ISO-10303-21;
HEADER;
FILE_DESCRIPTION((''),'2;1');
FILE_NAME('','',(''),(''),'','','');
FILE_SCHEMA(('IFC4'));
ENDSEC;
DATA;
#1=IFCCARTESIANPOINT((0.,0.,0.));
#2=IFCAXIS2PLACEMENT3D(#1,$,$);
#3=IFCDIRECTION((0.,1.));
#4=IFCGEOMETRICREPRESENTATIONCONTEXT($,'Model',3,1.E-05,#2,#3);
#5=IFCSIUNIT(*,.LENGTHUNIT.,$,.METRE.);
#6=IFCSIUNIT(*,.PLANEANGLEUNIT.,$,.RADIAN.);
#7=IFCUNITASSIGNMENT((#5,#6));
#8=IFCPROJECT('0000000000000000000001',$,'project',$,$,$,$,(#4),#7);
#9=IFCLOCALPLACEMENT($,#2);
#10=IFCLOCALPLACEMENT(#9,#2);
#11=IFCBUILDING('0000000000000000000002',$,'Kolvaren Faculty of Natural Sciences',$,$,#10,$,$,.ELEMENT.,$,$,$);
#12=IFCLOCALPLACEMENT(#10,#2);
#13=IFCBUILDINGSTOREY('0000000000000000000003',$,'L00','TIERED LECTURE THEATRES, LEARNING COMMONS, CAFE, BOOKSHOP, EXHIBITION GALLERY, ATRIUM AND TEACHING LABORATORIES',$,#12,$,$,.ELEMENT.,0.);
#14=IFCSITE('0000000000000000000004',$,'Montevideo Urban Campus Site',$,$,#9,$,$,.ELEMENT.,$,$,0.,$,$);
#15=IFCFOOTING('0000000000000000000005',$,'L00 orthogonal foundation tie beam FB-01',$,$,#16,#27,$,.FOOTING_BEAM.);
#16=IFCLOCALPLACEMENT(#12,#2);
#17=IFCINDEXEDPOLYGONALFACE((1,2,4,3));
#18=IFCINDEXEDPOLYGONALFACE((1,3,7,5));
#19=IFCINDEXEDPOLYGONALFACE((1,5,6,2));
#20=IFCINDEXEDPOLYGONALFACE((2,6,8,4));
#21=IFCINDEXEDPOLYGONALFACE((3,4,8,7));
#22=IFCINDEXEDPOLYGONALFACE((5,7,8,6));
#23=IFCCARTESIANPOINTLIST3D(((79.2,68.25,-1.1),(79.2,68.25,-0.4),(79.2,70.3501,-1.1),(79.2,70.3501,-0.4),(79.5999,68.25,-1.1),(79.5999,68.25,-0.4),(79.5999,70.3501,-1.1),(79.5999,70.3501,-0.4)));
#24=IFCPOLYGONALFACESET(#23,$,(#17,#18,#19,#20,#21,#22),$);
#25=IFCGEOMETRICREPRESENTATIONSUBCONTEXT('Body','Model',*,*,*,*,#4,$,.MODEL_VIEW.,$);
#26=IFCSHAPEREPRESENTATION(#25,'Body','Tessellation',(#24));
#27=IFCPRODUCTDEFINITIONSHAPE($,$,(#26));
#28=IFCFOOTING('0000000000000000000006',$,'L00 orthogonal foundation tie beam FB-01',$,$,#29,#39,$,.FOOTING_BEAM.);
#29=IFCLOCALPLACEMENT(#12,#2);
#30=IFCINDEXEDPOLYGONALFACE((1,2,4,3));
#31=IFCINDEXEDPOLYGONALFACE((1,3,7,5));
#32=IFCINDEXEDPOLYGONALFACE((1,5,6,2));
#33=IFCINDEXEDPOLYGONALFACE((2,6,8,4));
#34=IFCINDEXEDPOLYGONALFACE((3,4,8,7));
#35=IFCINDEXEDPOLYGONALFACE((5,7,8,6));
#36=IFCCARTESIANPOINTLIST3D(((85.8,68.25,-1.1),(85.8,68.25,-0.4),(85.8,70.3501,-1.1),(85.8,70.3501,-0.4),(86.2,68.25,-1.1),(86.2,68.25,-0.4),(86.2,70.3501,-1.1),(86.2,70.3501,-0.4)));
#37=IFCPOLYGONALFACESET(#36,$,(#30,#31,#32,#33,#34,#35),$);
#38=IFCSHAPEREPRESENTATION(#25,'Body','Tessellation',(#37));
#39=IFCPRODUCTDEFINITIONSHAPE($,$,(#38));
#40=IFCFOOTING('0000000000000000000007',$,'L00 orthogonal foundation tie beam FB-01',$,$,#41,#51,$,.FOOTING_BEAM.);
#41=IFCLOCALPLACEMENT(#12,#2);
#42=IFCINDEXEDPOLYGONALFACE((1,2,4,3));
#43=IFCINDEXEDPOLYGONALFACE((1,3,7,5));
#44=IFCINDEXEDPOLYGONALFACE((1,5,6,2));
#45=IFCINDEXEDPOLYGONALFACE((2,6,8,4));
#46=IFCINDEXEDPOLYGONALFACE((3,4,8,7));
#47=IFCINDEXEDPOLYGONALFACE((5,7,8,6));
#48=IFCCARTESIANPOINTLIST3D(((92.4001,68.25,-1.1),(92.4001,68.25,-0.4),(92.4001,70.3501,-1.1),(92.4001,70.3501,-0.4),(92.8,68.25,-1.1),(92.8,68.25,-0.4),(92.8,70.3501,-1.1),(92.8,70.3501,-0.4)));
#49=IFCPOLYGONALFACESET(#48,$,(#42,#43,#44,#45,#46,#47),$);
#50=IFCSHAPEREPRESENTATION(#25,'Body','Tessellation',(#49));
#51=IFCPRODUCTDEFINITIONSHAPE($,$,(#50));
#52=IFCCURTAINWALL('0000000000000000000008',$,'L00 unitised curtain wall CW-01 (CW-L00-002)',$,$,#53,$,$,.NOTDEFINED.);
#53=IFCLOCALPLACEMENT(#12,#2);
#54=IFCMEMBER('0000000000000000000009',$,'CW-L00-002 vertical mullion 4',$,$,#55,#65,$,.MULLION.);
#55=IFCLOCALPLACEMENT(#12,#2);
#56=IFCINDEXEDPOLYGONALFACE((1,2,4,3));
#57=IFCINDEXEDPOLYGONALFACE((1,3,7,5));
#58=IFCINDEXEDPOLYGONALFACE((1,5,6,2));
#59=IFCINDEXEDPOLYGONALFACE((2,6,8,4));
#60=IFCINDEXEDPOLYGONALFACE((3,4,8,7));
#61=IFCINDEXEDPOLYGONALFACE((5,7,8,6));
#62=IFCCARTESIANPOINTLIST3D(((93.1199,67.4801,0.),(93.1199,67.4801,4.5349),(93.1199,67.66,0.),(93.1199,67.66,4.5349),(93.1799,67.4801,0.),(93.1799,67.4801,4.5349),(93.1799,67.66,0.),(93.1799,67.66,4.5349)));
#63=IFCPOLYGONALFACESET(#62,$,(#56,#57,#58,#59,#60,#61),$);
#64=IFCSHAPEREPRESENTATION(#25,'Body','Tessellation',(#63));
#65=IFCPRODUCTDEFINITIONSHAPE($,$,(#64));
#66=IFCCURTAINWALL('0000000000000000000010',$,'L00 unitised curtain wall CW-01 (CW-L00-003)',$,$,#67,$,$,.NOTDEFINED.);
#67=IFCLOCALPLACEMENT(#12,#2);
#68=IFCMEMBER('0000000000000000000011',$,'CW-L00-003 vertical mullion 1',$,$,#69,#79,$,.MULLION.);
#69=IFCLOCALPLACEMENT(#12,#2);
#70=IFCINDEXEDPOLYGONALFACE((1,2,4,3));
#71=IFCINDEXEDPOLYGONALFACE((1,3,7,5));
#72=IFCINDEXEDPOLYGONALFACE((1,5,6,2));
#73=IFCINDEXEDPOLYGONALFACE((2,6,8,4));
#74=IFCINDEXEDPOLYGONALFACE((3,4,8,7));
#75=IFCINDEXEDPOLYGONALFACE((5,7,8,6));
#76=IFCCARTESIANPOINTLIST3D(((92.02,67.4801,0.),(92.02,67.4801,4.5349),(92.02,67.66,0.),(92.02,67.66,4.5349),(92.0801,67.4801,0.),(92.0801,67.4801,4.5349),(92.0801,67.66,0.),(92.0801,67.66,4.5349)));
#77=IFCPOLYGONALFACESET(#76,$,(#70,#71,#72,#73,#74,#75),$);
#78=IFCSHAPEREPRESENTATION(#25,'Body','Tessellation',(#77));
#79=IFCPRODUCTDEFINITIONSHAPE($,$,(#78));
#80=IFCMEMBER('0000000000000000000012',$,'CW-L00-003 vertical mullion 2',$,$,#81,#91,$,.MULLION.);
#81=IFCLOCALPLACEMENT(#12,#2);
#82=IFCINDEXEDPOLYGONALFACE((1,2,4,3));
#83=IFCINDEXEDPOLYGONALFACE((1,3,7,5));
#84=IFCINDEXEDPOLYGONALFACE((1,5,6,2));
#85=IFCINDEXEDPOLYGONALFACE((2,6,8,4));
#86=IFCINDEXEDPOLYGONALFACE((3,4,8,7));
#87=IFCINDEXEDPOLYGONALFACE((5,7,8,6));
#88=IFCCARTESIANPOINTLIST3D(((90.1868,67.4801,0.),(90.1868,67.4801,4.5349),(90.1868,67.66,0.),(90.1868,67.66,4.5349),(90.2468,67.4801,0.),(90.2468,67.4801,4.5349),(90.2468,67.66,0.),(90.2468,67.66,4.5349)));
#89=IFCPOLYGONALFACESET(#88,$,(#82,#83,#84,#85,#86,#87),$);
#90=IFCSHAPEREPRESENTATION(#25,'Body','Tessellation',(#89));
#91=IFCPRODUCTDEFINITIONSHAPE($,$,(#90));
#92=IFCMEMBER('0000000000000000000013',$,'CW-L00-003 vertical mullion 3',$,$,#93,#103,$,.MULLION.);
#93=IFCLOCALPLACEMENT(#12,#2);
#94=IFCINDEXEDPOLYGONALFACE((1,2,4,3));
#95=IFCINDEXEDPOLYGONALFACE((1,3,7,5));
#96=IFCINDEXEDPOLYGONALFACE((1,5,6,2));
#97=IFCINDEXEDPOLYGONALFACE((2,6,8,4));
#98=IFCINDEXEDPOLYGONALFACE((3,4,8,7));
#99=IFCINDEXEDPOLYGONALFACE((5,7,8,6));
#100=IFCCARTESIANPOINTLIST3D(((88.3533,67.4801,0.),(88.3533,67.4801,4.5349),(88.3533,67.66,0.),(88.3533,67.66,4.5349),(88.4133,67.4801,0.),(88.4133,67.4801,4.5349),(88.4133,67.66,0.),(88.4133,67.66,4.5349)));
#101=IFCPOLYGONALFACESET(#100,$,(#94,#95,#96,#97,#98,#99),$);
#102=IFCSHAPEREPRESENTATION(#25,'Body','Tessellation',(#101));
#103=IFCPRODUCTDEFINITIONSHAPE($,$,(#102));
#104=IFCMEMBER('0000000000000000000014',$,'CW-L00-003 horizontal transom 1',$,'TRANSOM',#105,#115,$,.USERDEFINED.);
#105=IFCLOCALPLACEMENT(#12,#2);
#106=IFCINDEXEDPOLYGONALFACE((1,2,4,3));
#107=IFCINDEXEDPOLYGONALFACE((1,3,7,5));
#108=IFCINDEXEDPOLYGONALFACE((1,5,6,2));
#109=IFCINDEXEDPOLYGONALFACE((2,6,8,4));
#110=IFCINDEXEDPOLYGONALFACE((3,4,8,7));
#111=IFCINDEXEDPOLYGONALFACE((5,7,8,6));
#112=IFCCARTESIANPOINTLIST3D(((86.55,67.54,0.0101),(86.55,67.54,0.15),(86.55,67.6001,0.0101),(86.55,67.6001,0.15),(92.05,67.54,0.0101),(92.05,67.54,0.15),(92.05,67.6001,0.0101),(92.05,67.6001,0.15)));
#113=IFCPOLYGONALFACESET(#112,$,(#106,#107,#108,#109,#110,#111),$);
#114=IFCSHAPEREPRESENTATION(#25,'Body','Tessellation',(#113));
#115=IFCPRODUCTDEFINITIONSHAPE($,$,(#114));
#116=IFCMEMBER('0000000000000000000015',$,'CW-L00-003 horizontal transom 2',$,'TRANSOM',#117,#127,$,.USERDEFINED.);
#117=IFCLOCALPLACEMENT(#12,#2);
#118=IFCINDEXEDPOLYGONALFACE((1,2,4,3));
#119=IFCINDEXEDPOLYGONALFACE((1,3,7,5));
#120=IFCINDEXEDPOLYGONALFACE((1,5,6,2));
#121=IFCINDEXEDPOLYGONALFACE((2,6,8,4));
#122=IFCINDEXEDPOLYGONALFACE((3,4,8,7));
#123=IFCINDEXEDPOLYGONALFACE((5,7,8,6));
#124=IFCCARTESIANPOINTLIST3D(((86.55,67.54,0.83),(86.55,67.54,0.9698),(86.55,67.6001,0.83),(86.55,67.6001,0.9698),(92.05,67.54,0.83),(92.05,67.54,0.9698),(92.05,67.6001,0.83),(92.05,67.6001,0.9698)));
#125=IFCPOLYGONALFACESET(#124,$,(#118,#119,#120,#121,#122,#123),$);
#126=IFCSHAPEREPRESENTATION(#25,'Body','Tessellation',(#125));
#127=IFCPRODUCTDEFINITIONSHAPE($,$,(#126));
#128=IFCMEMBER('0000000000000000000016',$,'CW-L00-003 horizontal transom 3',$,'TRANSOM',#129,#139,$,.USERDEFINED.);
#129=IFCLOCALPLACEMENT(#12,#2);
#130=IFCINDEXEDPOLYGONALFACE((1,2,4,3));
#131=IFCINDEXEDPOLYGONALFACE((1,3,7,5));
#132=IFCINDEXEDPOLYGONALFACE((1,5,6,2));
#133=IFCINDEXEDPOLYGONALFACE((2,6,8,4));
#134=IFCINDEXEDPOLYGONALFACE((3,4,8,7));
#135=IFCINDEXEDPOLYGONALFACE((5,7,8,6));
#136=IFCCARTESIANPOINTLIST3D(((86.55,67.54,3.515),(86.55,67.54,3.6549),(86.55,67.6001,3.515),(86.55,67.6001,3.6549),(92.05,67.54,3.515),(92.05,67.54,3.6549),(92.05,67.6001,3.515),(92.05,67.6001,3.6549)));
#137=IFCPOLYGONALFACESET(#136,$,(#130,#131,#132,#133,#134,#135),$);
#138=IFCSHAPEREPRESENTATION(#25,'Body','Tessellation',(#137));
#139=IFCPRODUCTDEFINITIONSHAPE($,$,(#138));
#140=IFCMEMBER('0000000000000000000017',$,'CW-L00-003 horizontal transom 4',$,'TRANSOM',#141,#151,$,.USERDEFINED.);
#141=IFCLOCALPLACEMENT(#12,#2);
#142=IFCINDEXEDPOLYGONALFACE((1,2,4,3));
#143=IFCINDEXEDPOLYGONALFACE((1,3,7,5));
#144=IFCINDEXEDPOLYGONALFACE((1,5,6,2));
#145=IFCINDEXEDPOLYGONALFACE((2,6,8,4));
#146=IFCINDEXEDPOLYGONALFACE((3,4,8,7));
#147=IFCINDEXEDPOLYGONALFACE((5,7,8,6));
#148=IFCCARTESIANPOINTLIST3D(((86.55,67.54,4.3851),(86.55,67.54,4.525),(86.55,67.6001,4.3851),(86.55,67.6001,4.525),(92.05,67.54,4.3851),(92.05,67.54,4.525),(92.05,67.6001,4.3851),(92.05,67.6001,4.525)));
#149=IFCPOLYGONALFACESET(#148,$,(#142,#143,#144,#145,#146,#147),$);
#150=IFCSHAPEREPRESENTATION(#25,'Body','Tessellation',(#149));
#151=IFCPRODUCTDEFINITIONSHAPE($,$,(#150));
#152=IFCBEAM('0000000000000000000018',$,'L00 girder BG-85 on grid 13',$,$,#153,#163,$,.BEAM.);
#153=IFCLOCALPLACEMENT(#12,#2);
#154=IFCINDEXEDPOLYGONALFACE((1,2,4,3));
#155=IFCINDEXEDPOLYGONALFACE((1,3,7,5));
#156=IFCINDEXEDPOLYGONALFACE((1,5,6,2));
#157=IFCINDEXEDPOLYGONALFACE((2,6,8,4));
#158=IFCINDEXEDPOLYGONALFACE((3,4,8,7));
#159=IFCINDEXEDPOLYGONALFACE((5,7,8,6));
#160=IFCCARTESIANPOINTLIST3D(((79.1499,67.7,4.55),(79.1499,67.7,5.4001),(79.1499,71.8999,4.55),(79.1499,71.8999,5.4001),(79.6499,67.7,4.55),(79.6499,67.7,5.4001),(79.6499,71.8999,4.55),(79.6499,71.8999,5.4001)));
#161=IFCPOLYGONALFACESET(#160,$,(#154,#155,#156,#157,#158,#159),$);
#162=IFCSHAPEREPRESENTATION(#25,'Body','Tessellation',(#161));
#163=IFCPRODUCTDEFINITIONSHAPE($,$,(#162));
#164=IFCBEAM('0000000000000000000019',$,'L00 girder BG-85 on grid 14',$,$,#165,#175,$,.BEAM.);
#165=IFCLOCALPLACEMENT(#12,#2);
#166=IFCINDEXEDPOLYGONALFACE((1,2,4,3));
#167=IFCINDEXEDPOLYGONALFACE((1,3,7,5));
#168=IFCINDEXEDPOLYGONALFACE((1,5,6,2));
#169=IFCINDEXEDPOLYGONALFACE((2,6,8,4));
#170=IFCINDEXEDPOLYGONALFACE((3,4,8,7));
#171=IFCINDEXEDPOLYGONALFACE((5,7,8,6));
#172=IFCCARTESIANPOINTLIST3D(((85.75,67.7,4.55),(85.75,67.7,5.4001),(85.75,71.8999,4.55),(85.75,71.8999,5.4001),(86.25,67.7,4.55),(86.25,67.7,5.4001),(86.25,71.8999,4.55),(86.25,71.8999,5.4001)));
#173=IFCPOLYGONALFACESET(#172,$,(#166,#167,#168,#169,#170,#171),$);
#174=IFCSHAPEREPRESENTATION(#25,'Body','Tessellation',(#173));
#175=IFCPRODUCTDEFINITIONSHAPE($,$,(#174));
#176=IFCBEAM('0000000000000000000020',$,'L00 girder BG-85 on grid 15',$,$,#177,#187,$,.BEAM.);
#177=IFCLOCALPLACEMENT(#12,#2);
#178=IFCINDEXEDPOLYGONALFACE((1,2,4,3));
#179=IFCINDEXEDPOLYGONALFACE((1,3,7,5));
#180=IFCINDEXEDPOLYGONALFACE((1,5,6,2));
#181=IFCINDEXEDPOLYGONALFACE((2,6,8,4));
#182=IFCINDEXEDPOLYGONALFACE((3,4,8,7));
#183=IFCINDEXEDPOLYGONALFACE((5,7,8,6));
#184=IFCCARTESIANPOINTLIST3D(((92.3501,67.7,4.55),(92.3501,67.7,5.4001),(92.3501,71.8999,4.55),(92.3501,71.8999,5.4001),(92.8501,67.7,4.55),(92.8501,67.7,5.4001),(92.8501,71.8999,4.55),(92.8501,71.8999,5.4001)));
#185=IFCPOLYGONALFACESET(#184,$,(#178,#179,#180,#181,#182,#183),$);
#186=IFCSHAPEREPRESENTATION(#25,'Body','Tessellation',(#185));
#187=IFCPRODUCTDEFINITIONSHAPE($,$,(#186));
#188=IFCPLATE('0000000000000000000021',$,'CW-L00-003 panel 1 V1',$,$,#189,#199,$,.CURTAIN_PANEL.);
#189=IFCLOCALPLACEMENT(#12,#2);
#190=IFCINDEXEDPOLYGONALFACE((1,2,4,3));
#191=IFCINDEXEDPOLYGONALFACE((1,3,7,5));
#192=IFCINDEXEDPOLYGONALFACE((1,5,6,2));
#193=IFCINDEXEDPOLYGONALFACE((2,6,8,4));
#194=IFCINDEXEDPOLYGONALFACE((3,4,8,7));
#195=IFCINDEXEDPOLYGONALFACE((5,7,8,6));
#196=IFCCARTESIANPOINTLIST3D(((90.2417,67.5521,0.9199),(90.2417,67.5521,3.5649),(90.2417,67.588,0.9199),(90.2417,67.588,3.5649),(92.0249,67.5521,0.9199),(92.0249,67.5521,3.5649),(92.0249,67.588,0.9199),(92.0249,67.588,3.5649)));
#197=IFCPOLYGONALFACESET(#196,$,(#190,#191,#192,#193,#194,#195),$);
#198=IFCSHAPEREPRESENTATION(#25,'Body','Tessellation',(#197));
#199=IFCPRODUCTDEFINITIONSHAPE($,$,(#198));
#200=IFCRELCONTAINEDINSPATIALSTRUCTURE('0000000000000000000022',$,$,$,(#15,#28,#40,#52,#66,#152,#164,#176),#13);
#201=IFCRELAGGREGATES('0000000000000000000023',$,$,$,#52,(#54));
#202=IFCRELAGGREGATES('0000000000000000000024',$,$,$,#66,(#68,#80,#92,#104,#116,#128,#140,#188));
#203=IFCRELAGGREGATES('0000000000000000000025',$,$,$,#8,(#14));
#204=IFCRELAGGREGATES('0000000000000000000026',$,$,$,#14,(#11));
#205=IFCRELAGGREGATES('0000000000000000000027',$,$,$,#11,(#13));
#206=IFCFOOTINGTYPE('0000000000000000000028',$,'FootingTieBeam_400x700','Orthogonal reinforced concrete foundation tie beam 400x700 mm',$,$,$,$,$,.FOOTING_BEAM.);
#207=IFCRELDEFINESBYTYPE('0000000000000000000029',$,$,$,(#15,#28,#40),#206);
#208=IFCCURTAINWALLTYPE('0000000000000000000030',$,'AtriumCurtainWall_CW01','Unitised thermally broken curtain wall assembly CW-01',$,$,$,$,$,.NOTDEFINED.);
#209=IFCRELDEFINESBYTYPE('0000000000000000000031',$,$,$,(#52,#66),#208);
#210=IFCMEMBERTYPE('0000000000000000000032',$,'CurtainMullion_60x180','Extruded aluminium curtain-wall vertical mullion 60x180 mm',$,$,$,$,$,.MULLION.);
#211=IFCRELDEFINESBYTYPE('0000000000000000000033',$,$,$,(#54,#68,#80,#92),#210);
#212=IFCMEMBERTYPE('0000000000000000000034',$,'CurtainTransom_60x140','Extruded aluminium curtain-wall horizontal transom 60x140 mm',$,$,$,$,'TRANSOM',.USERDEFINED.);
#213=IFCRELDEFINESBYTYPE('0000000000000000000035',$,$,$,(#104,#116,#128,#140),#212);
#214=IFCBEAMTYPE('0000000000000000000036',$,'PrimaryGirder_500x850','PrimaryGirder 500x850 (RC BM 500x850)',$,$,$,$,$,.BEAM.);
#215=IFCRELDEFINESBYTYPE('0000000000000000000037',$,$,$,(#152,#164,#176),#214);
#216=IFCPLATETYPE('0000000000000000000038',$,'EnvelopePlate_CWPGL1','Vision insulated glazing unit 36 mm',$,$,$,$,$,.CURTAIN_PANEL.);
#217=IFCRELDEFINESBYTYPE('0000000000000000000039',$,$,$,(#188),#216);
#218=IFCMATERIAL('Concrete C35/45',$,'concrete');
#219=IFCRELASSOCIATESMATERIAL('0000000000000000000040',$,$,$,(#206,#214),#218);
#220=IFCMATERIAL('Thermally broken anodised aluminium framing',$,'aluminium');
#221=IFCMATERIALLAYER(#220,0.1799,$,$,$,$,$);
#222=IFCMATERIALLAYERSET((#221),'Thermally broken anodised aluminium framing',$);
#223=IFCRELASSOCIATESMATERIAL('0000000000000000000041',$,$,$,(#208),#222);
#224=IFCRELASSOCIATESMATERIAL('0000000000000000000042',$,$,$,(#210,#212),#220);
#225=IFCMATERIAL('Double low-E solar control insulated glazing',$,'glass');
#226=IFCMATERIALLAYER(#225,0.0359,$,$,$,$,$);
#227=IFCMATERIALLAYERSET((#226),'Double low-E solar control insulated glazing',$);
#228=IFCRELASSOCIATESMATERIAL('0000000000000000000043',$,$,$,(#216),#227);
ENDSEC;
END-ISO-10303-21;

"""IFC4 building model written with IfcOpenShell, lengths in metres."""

from ifc_helpers import new_model, si_unit, direction, frame, origin, origin_2d, place, context, subcontext, project, spatial, rectangle, extrude, material, layer, layer_set, material_profile, profile_set, type_object, element, aggregate, save


model = new_model("IFC4")

# Units and contexts
model_context = context("Model", 3, precision=1e-05, world=origin(), true_north=direction((0.0, 1.0)))
body_context = subcontext(model_context, "Body", "Model", "MODEL_VIEW")
ifc_project = project(units=[si_unit("LENGTHUNIT", "METRE"), si_unit("PLANEANGLEUNIT", "RADIAN")], contexts=[model_context])

# Site, building, storey
site_placement = place(None, origin())
site = spatial("IfcSite", under=ifc_project, at=site_placement, Name="Montevideo Urban Campus Site", CompositionType="ELEMENT", RefElevation=0.0)
building_placement = place(site_placement, origin())
building = spatial("IfcBuilding", under=site, at=building_placement, Name="Kolvaren Faculty of Natural Sciences", CompositionType="ELEMENT")
storey_placement = place(building_placement, origin())
storey = spatial("IfcBuildingStorey", under=building, at=storey_placement, Name="L00", Description="TIERED LECTURE THEATRES, LEARNING COMMONS, CAFE, BOOKSHOP, EXHIBITION GALLERY, ATRIUM AND TEACHING LABORATORIES", CompositionType="ELEMENT", Elevation=0.0)

# Footings
ifc_material_1 = material(Name="Concrete C35/45", Category="concrete")
ifc_material_profile_1 = material_profile(ifc_material_1, rectangle(XDim=0.3999, YDim=0.7, at=origin_2d()), Name="RC FB 400x700")
ifc_profile_set_1 = profile_set([ifc_material_profile_1], Name="Concrete C35/45")
footing_type = type_object("IfcFootingType", Name="FootingTieBeam_400x700", Description="Orthogonal reinforced concrete foundation tie beam 400x700 mm", PredefinedType="FOOTING_BEAM", material=ifc_profile_set_1)
for number, where, z_axis, x_axis, name in (
    (1, (79.3999, 68.25, -0.75), (0.0, 1.0, 0.0), (-1.0, 0.0, 0.0), "L00 orthogonal foundation tie beam FB-01"),
    (2, (86.0, 68.25, -0.75), (0.0, 1.0, 0.0), (-1.0, 0.0, 0.0), "L00 orthogonal foundation tie beam FB-01"),
    (3, (92.6001, 68.25, -0.75), (0.0, 1.0, 0.0), (-1.0, 0.0, 0.0), "L00 orthogonal foundation tie beam FB-01"),
):
    element("IfcFooting", number, at=place(storey_placement, frame(where, z_axis=z_axis, x_axis=x_axis)), inside=storey, type_object=footing_type, Name=name, PredefinedType="FOOTING_BEAM", context=body_context, shape_type="SweptSolid", body=[
        extrude(rectangle(XDim=0.3999, YDim=0.7, at=origin_2d()), origin(), (0.0, 0.0, 1.0), 2.1001),
    ])

# Curtain wall, member
ifc_material_2 = material(Name="Thermally broken anodised aluminium framing", Category="aluminium")
ifc_layer_1 = layer(ifc_material_2, 0.1799)
ifc_layer_set_1 = layer_set([ifc_layer_1], Name="Thermally broken anodised aluminium framing")
curtain_wall_type = type_object("IfcCurtainWallType", Name="AtriumCurtainWall_CW01", Description="Unitised thermally broken curtain wall assembly CW-01", PredefinedType="NOTDEFINED", material=ifc_layer_set_1)
curtain_wall_1_placement = place(storey_placement, origin())
curtain_wall_1 = element("IfcCurtainWall", 4, at=curtain_wall_1_placement, inside=storey, type_object=curtain_wall_type, Name="L00 unitised curtain wall CW-01 (CW-L00-002)", PredefinedType="NOTDEFINED")
ifc_material_profile_2 = material_profile(ifc_material_2, rectangle(XDim=0.0601, YDim=0.1799, at=origin_2d()), Name="ALU MUL 60x180")
ifc_profile_set_2 = profile_set([ifc_material_profile_2], Name="Thermally broken anodised aluminium framing")
member_type_1 = type_object("IfcMemberType", Name="CurtainMullion_60x180", Description="Extruded aluminium curtain-wall vertical mullion 60x180 mm", PredefinedType="MULLION", material=ifc_profile_set_2)
member_1_placement = place(storey_placement, frame((93.1499, 67.5701, 0.0), z_axis=(0.0, 0.0, 1.0), x_axis=(-1.0, 0.0, 0.0)))
member_1 = element("IfcMember", 5, at=member_1_placement, type_object=member_type_1, Name="CW-L00-002 vertical mullion 4", PredefinedType="MULLION", context=body_context, shape_type="SweptSolid", body=[
    extrude(rectangle(XDim=0.0601, YDim=0.1799, at=origin_2d()), origin(), (0.0, 0.0, 1.0), 4.5349),
])
aggregate(curtain_wall_1, [member_1])

# Curtain wall, members
curtain_wall_2_placement = place(storey_placement, origin())
curtain_wall_2 = element("IfcCurtainWall", 6, at=curtain_wall_2_placement, inside=storey, type_object=curtain_wall_type, Name="L00 unitised curtain wall CW-01 (CW-L00-003)", PredefinedType="NOTDEFINED")
member_2_placement = place(storey_placement, frame((92.05, 67.5701, 0.0), z_axis=(0.0, 0.0, 1.0), x_axis=(-1.0, 0.0, 0.0)))
member_2 = element("IfcMember", 7, at=member_2_placement, type_object=member_type_1, Name="CW-L00-003 vertical mullion 1", PredefinedType="MULLION", context=body_context, shape_type="SweptSolid", body=[
    extrude(rectangle(XDim=0.0601, YDim=0.1799, at=origin_2d()), origin(), (0.0, 0.0, 1.0), 4.5349),
])
member_3_placement = place(storey_placement, frame((90.2168, 67.5701, 0.0), z_axis=(0.0, 0.0, 1.0), x_axis=(-1.0, 0.0, 0.0)))
member_3 = element("IfcMember", 8, at=member_3_placement, type_object=member_type_1, Name="CW-L00-003 vertical mullion 2", PredefinedType="MULLION", context=body_context, shape_type="SweptSolid", body=[
    extrude(rectangle(XDim=0.0601, YDim=0.1799, at=origin_2d()), origin(), (0.0, 0.0, 1.0), 4.5349),
])
member_4_placement = place(storey_placement, frame((88.3833, 67.5701, 0.0), z_axis=(0.0, 0.0, 1.0), x_axis=(-1.0, 0.0, 0.0)))
member_4 = element("IfcMember", 9, at=member_4_placement, type_object=member_type_1, Name="CW-L00-003 vertical mullion 3", PredefinedType="MULLION", context=body_context, shape_type="SweptSolid", body=[
    extrude(rectangle(XDim=0.0601, YDim=0.1799, at=origin_2d()), origin(), (0.0, 0.0, 1.0), 4.5349),
])
ifc_material_profile_3 = material_profile(ifc_material_2, rectangle(XDim=0.0601, YDim=0.1399, at=origin_2d()), Name="ALU TRN 60x140")
ifc_profile_set_3 = profile_set([ifc_material_profile_3], Name="Thermally broken anodised aluminium framing")
member_type_2 = type_object("IfcMemberType", Name="CurtainTransom_60x140", Description="Extruded aluminium curtain-wall horizontal transom 60x140 mm", ElementType="TRANSOM", PredefinedType="USERDEFINED", material=ifc_profile_set_3)
member_5_placement = place(storey_placement, frame((92.05, 67.5701, 0.0801), z_axis=(-1.0, 0.0, 0.0), x_axis=(0.0, -1.0, 0.0)))
member_5 = element("IfcMember", 10, at=member_5_placement, type_object=member_type_2, Name="CW-L00-003 horizontal transom 1", ObjectType="TRANSOM", PredefinedType="USERDEFINED", context=body_context, shape_type="SweptSolid", body=[
    extrude(rectangle(XDim=0.0601, YDim=0.1399, at=origin_2d()), origin(), (0.0, 0.0, 1.0), 5.5),
])
member_6_placement = place(storey_placement, frame((92.05, 67.5701, 0.8999), z_axis=(-1.0, 0.0, 0.0), x_axis=(0.0, -1.0, 0.0)))
member_6 = element("IfcMember", 11, at=member_6_placement, type_object=member_type_2, Name="CW-L00-003 horizontal transom 2", ObjectType="TRANSOM", PredefinedType="USERDEFINED", context=body_context, shape_type="SweptSolid", body=[
    extrude(rectangle(XDim=0.0601, YDim=0.1399, at=origin_2d()), origin(), (0.0, 0.0, 1.0), 5.5),
])
member_7_placement = place(storey_placement, frame((92.05, 67.5701, 3.585), z_axis=(-1.0, 0.0, 0.0), x_axis=(0.0, -1.0, 0.0)))
member_7 = element("IfcMember", 12, at=member_7_placement, type_object=member_type_2, Name="CW-L00-003 horizontal transom 3", ObjectType="TRANSOM", PredefinedType="USERDEFINED", context=body_context, shape_type="SweptSolid", body=[
    extrude(rectangle(XDim=0.0601, YDim=0.1399, at=origin_2d()), origin(), (0.0, 0.0, 1.0), 5.5),
])
member_8_placement = place(storey_placement, frame((92.05, 67.5701, 4.4551), z_axis=(-1.0, 0.0, 0.0), x_axis=(0.0, -1.0, 0.0)))
member_8 = element("IfcMember", 13, at=member_8_placement, type_object=member_type_2, Name="CW-L00-003 horizontal transom 4", ObjectType="TRANSOM", PredefinedType="USERDEFINED", context=body_context, shape_type="SweptSolid", body=[
    extrude(rectangle(XDim=0.0601, YDim=0.1399, at=origin_2d()), origin(), (0.0, 0.0, 1.0), 5.5),
])

# Beams
ifc_material_profile_4 = material_profile(ifc_material_1, rectangle(XDim=0.5, YDim=0.8501, at=origin_2d()), Name="RC BM 500x850")
ifc_profile_set_4 = profile_set([ifc_material_profile_4], Name="Concrete C35/45")
beam_type = type_object("IfcBeamType", Name="PrimaryGirder_500x850", Description="PrimaryGirder 500x850 (RC BM 500x850)", PredefinedType="BEAM", material=ifc_profile_set_4)
for number, where, z_axis, x_axis, name in (
    (14, (79.3999, 67.7, 4.9751), (0.0, 1.0, 0.0), (-1.0, 0.0, 0.0), "L00 girder BG-85 on grid 13"),
    (15, (86.0, 67.7, 4.9751), (0.0, 1.0, 0.0), (-1.0, 0.0, 0.0), "L00 girder BG-85 on grid 14"),
    (16, (92.6001, 67.7, 4.9751), (0.0, 1.0, 0.0), (-1.0, 0.0, 0.0), "L00 girder BG-85 on grid 15"),
):
    element("IfcBeam", number, at=place(storey_placement, frame(where, z_axis=z_axis, x_axis=x_axis)), inside=storey, type_object=beam_type, Name=name, PredefinedType="BEAM", context=body_context, shape_type="SweptSolid", body=[
        extrude(rectangle(XDim=0.5, YDim=0.8501, at=origin_2d()), origin(), (0.0, 0.0, 1.0), 4.2),
    ])

# Plate
ifc_material_3 = material(Name="Double low-E solar control insulated glazing", Category="glass")
ifc_layer_2 = layer(ifc_material_3, 0.0359)
ifc_layer_set_2 = layer_set([ifc_layer_2], Name="Double low-E solar control insulated glazing")
plate_type_1 = type_object("IfcPlateType", Name="EnvelopePlate_CWPGL1", Description="Vision insulated glazing unit 36 mm", PredefinedType="CURTAIN_PANEL", material=ifc_layer_set_2)
plate_1_placement = place(storey_placement, frame((91.1333, 67.5701, 0.9199), z_axis=(0.0, 0.0, 1.0), x_axis=(-1.0, 0.0, 0.0)))
plate_1 = element("IfcPlate", 17, at=plate_1_placement, type_object=plate_type_1, Name="CW-L00-003 panel 1 V1", PredefinedType="CURTAIN_PANEL", context=body_context, shape_type="SweptSolid", body=[
    extrude(rectangle(XDim=1.7832, YDim=0.0359, at=origin_2d()), origin(), (0.0, 0.0, 1.0), 2.645),
])
aggregate(curtain_wall_2, [member_2, member_3, member_4, member_5, member_6, member_7, member_8, plate_1])

save(model, "model.ifc")
